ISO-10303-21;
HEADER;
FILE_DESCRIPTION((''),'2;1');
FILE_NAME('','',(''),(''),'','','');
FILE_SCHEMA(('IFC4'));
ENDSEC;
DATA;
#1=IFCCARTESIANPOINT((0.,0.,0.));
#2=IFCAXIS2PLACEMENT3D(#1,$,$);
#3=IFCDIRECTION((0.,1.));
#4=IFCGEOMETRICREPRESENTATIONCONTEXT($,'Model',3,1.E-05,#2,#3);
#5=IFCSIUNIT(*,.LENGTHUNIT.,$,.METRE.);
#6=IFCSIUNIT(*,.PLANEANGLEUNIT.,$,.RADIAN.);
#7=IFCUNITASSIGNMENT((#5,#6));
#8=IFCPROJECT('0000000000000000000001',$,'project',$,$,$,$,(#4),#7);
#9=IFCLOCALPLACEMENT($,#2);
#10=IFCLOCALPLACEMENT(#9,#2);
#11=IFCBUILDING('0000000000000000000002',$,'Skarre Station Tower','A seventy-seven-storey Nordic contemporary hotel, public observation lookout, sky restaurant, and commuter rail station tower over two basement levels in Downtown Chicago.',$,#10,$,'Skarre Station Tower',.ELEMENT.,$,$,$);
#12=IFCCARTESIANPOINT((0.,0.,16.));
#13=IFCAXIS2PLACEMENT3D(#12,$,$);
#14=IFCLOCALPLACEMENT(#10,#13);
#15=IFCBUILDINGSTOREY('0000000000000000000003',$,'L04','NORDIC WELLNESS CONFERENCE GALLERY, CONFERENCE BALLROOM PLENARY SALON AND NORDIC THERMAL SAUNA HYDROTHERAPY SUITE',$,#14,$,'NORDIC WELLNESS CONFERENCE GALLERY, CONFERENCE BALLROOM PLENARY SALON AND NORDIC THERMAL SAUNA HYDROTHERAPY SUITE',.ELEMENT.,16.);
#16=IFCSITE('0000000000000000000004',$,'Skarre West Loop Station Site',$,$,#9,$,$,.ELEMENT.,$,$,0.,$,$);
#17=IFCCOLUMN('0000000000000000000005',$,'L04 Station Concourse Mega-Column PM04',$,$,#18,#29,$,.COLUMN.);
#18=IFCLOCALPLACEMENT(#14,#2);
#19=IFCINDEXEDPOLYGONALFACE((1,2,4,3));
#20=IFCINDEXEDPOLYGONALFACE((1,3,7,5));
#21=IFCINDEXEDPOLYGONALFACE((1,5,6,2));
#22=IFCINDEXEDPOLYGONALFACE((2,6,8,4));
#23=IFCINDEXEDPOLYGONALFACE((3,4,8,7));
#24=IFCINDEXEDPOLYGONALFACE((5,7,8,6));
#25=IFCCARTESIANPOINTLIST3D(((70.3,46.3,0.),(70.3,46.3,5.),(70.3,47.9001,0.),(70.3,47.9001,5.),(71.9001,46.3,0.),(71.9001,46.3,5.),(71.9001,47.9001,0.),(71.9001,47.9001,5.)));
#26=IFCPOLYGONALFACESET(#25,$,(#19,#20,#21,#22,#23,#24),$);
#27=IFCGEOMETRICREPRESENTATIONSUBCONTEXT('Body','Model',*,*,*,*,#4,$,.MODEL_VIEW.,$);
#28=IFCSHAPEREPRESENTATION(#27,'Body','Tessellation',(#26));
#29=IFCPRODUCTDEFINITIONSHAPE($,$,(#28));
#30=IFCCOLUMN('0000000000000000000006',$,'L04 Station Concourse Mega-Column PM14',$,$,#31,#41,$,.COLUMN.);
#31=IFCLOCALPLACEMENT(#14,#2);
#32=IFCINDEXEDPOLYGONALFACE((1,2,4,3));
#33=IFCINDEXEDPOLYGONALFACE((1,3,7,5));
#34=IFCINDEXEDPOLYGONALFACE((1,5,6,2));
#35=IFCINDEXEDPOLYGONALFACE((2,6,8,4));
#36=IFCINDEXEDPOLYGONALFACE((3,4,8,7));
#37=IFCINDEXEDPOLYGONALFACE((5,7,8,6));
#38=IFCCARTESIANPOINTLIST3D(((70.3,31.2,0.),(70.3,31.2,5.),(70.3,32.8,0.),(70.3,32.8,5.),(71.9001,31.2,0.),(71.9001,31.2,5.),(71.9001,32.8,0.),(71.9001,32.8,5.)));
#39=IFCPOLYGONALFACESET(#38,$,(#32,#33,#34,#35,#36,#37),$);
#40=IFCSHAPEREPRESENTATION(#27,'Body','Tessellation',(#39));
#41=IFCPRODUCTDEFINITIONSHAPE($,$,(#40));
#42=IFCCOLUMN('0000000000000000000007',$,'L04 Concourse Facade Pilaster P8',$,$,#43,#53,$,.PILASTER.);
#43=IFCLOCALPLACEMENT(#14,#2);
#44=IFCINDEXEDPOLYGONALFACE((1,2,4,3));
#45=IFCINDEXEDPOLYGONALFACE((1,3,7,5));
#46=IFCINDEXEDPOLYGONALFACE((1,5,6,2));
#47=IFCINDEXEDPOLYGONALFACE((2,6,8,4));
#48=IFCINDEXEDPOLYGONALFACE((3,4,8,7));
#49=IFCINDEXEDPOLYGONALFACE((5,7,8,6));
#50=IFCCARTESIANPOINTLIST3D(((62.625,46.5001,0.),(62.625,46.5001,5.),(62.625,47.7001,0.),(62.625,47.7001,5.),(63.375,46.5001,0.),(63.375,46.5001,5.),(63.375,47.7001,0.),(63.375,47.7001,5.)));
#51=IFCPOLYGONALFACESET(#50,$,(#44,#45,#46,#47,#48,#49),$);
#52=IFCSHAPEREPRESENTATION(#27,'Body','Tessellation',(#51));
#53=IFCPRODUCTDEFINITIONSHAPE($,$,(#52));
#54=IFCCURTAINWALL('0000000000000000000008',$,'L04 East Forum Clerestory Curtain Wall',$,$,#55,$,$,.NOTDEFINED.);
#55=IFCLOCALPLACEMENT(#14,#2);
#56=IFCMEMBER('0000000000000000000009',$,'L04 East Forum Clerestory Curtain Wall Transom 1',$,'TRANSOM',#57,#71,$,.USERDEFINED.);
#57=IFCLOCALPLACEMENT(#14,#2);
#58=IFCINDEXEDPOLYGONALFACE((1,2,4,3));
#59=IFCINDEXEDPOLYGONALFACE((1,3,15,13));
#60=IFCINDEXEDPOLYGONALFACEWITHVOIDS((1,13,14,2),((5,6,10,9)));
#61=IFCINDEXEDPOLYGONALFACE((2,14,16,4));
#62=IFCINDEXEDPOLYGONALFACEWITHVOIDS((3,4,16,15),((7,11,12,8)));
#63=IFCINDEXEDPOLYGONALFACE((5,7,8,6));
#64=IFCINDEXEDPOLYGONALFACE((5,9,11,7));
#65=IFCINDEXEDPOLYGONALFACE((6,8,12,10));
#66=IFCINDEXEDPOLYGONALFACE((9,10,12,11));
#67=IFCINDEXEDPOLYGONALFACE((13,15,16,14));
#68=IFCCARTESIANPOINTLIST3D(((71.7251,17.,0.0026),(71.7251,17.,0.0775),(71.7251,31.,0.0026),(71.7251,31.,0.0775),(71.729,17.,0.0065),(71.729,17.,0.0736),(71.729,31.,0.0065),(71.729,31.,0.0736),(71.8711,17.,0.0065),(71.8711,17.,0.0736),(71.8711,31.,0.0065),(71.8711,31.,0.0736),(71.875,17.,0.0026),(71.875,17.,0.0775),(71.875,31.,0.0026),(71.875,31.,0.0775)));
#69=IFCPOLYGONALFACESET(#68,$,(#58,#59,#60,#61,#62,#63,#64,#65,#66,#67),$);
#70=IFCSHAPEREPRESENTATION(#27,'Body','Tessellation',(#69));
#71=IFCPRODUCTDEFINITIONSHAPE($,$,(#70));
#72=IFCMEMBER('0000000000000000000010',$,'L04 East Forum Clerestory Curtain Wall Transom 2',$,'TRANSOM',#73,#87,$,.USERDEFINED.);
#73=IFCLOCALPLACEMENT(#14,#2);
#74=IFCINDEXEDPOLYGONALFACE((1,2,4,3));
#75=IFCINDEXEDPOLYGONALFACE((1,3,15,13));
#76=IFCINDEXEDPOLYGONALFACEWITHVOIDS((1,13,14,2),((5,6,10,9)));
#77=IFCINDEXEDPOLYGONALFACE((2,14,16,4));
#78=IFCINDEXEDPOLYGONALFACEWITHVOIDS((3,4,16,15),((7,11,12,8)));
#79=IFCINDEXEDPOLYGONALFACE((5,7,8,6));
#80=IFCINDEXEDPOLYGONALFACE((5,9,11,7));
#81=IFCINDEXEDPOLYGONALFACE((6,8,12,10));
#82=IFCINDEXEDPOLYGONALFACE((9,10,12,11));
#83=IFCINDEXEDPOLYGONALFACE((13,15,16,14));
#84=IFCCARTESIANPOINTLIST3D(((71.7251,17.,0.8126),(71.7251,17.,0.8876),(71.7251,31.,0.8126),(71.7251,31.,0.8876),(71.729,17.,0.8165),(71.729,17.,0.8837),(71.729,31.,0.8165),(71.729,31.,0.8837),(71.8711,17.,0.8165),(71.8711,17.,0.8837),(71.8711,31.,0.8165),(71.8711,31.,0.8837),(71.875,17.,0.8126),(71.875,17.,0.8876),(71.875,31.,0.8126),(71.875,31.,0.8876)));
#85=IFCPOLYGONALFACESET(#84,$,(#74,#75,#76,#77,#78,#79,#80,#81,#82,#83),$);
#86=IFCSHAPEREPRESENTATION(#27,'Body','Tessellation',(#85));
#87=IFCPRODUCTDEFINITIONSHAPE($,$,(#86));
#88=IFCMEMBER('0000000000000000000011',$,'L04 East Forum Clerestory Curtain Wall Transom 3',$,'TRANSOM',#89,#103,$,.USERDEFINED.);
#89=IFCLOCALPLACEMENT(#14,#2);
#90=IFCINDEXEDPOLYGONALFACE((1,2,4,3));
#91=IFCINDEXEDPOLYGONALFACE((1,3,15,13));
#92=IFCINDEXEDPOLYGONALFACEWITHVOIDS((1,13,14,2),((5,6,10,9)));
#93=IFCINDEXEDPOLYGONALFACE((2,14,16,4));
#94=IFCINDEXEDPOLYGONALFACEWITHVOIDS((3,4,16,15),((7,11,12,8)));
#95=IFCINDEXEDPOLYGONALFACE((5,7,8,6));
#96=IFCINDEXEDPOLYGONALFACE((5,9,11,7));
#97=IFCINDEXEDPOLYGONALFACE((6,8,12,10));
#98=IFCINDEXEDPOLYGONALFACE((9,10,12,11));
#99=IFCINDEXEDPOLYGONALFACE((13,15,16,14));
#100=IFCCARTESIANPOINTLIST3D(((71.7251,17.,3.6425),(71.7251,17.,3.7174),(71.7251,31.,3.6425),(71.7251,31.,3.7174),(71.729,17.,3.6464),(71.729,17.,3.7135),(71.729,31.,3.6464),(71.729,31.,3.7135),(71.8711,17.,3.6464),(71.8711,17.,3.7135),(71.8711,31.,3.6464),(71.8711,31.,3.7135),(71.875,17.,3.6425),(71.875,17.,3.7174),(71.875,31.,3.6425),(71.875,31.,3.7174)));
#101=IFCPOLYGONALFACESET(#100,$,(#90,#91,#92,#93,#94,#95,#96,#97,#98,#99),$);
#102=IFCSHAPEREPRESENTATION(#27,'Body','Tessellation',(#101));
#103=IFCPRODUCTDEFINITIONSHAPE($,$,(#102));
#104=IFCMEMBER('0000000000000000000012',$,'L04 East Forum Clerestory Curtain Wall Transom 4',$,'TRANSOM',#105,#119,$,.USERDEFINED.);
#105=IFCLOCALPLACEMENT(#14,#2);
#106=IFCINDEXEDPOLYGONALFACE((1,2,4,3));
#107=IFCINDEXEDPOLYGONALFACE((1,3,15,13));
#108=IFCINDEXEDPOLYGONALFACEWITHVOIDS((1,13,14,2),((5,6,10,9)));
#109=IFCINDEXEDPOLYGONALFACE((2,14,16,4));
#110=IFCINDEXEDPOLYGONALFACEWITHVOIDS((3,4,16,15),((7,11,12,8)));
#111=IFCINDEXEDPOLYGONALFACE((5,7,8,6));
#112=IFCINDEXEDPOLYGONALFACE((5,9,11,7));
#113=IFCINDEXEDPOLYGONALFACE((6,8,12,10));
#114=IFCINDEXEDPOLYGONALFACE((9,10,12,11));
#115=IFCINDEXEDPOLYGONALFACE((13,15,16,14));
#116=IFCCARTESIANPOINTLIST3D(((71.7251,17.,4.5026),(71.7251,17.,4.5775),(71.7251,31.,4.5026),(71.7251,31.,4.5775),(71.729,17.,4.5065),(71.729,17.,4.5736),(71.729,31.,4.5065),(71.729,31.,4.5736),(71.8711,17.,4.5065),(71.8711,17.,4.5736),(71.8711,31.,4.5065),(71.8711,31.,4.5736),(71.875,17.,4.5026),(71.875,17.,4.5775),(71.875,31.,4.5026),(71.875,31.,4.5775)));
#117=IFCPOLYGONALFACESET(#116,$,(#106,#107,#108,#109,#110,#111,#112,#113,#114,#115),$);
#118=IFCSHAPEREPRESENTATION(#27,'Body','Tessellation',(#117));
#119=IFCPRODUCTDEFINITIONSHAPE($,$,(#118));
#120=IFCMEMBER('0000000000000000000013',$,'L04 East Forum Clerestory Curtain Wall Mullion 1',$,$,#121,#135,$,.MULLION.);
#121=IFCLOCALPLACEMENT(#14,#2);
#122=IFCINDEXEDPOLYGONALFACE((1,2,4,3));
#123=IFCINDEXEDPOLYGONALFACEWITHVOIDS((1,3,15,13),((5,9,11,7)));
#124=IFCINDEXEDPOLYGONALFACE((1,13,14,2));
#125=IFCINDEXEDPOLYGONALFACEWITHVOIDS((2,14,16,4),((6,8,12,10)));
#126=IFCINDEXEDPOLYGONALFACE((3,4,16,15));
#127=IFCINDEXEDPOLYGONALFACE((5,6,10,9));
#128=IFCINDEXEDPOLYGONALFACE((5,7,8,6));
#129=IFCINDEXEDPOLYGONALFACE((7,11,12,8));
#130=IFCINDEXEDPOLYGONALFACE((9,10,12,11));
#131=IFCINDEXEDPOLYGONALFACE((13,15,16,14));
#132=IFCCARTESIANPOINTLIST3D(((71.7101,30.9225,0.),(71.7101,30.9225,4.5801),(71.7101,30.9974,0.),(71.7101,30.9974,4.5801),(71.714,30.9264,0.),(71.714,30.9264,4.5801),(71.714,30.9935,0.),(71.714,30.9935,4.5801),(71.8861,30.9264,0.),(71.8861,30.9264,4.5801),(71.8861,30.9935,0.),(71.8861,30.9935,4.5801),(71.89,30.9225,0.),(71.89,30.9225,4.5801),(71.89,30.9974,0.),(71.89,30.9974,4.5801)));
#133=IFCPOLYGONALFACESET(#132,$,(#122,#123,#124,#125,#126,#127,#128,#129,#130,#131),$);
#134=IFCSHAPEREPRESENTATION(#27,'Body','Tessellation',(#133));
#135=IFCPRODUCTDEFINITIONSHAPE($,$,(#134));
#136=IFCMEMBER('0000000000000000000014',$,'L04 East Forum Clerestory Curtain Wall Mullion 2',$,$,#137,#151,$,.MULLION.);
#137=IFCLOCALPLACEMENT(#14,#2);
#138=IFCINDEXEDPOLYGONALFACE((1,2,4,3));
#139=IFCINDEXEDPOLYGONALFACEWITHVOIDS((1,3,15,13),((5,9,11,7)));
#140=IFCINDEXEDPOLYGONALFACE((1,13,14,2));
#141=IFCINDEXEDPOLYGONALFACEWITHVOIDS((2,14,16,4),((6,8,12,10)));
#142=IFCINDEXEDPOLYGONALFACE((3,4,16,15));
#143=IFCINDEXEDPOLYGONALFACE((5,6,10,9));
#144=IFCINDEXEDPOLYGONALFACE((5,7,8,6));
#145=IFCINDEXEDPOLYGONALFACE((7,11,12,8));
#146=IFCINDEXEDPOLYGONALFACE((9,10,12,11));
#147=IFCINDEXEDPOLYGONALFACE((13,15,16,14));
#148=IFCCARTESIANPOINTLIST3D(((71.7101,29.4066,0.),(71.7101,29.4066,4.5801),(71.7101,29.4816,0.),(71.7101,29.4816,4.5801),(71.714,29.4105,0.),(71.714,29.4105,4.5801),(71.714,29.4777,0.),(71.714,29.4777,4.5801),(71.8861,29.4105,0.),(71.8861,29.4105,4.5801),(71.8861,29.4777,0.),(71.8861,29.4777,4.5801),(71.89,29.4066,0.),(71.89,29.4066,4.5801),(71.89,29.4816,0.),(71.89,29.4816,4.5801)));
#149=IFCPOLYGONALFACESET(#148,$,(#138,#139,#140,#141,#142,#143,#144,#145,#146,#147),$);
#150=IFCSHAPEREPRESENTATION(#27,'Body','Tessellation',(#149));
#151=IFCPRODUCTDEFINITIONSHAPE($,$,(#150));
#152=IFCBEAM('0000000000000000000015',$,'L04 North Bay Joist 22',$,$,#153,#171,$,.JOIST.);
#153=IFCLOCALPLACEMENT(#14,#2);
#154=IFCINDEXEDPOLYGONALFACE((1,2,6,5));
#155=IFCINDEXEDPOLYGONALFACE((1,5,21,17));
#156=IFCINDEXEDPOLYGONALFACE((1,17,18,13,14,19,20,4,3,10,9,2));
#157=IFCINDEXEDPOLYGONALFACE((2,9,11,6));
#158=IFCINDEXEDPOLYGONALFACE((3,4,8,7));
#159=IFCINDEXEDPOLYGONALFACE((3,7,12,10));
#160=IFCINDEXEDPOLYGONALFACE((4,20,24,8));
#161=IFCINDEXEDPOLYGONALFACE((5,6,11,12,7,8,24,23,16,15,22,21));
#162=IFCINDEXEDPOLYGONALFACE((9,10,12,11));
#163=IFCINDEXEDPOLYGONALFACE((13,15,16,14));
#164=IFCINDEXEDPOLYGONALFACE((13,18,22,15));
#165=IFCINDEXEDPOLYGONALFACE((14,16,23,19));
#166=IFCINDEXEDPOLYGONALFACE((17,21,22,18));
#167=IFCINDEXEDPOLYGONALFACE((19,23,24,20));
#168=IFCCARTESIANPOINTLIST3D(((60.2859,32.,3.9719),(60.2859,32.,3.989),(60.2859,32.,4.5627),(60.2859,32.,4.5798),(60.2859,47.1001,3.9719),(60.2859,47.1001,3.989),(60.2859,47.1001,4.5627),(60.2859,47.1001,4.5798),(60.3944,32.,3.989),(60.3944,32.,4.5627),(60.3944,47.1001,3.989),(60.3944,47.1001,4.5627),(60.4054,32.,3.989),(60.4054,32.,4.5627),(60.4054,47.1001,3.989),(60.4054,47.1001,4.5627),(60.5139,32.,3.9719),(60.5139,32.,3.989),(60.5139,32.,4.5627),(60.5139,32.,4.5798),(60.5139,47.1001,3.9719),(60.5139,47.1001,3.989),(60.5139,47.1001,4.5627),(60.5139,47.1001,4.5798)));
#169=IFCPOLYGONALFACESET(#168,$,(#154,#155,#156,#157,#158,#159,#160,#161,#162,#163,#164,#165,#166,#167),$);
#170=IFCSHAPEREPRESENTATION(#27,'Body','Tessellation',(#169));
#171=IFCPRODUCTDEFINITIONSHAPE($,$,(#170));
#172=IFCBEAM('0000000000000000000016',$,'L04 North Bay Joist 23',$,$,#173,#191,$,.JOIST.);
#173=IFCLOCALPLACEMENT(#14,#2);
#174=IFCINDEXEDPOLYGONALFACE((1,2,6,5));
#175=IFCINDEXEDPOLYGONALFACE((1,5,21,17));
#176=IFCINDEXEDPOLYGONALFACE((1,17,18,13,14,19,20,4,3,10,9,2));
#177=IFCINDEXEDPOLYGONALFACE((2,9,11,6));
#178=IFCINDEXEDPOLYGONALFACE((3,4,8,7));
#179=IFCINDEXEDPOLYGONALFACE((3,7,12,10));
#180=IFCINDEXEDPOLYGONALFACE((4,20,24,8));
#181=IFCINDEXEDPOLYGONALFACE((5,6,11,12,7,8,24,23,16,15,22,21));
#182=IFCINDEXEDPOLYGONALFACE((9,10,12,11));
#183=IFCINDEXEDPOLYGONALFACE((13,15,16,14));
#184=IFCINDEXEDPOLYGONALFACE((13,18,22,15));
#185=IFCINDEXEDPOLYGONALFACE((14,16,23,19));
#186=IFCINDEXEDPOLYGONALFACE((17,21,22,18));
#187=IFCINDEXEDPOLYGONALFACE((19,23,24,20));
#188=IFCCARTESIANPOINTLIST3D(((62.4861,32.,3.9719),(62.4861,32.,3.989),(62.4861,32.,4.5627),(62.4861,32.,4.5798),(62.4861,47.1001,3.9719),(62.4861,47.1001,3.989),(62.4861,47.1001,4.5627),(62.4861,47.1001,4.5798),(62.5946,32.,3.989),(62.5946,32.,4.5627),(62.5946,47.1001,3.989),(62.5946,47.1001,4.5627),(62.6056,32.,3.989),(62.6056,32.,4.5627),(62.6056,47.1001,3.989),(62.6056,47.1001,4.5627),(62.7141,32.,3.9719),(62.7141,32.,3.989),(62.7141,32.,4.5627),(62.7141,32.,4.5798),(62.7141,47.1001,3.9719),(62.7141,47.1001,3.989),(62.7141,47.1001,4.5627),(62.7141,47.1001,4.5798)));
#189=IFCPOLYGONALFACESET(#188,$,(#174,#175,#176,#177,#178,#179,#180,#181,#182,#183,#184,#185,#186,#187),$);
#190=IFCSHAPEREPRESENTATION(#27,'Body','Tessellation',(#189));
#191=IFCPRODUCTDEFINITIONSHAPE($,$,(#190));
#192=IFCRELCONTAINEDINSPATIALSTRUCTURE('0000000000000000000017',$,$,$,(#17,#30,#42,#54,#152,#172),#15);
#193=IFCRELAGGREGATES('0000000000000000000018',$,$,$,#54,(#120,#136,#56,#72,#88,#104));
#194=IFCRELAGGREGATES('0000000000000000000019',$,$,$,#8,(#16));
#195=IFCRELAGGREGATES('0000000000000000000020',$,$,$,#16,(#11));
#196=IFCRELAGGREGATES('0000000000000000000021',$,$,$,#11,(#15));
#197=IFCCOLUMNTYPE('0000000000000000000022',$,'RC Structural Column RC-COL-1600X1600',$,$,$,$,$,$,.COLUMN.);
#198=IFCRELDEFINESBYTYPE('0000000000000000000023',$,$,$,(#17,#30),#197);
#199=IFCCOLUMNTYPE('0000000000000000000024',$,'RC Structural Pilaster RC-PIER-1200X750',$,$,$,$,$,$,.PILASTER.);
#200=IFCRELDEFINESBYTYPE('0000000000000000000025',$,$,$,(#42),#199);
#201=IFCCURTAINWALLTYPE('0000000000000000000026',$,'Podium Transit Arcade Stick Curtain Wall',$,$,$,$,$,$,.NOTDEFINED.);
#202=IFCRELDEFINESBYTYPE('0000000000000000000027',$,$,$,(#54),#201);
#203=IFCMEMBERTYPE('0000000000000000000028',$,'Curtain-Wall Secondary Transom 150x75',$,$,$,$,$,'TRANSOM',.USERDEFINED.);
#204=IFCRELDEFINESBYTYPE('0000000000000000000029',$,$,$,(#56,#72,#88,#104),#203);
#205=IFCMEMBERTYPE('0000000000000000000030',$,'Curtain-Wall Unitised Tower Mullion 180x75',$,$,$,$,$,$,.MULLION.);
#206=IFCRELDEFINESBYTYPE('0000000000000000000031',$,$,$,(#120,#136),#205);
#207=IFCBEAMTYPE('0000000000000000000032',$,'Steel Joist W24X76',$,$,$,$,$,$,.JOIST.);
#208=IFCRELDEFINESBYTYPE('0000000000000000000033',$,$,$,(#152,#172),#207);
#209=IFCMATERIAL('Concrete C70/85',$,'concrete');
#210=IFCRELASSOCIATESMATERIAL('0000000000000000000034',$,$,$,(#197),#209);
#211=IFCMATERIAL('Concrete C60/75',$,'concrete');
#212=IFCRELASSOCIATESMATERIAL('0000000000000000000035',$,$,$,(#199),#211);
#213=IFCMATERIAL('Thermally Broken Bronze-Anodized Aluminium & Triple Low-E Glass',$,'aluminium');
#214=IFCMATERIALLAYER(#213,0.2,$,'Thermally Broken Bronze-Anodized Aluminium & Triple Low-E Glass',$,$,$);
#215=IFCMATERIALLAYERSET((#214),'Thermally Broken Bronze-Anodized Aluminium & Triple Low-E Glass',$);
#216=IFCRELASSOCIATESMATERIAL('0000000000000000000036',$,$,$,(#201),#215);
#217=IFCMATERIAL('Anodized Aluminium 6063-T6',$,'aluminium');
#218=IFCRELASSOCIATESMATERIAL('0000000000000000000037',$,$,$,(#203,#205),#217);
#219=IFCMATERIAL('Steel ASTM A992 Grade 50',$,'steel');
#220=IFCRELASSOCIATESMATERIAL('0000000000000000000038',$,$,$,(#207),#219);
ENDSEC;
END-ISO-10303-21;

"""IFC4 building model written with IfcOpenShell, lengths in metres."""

from ifc_helpers import new_model, si_unit, direction, frame, origin, origin_2d, place, context, subcontext, project, spatial, rectangle, hollow_rectangle, i_section, extrude, material, layer, layer_set, material_profile, profile_set, type_object, element, aggregate, save


model = new_model("IFC4")

# Units and contexts
model_context = context("Model", 3, precision=1e-05, world=origin(), true_north=direction((0.0, 1.0)))
body_context = subcontext(model_context, "Body", "Model", "MODEL_VIEW")
ifc_project = project(units=[si_unit("LENGTHUNIT", "METRE"), si_unit("PLANEANGLEUNIT", "RADIAN")], contexts=[model_context])

# Site, building, storey
site_placement = place(None, origin())
site = spatial("IfcSite", under=ifc_project, at=site_placement, Name="Skarre West Loop Station Site", CompositionType="ELEMENT", RefElevation=0.0)
building_placement = place(site_placement, origin())
building = spatial("IfcBuilding", under=site, at=building_placement, Name="Skarre Station Tower", Description="A seventy-seven-storey Nordic contemporary hotel, public observation lookout, sky restaurant, and commuter rail station tower over two basement levels in Downtown Chicago.", LongName="Skarre Station Tower", CompositionType="ELEMENT")
storey_placement = place(building_placement, frame((0.0, 0.0, 16.0)))
storey = spatial("IfcBuildingStorey", under=building, at=storey_placement, Name="L04", Description="NORDIC WELLNESS CONFERENCE GALLERY, CONFERENCE BALLROOM PLENARY SALON AND NORDIC THERMAL SAUNA HYDROTHERAPY SUITE", LongName="NORDIC WELLNESS CONFERENCE GALLERY, CONFERENCE BALLROOM PLENARY SALON AND NORDIC THERMAL SAUNA HYDROTHERAPY SUITE", CompositionType="ELEMENT", Elevation=16.0)

# Columns
ifc_material_1 = material(Name="Concrete C70/85", Category="concrete")
ifc_material_profile_1 = material_profile(ifc_material_1, rectangle(XDim=1.6001, YDim=1.6001, at=origin_2d()), Name="Concrete C70/85")
ifc_profile_set_1 = profile_set([ifc_material_profile_1], Name="Concrete C70/85")
column_type_1 = type_object("IfcColumnType", Name="RC Structural Column RC-COL-1600X1600", PredefinedType="COLUMN", material=ifc_profile_set_1)
for number, where, z_axis, x_axis, name in (
    (1, (71.1001, 47.1001, 0.0), (0.0, 0.0, 1.0), (1.0, 0.0, 0.0), "L04 Station Concourse Mega-Column PM04"),
    (2, (71.1001, 32.0, 0.0), (0.0, 0.0, 1.0), (1.0, 0.0, 0.0), "L04 Station Concourse Mega-Column PM14"),
):
    element("IfcColumn", number, at=place(storey_placement, frame(where, z_axis=z_axis, x_axis=x_axis)), inside=storey, type_object=column_type_1, Name=name, PredefinedType="COLUMN", context=body_context, shape_type="SweptSolid", body=[
        extrude(rectangle(XDim=1.6001, YDim=1.6001, at=origin_2d()), origin(), (0.0, 0.0, 1.0), 5.0),
    ])
ifc_material_2 = material(Name="Concrete C60/75", Category="concrete")
ifc_material_profile_2 = material_profile(ifc_material_2, rectangle(XDim=0.75, YDim=1.2, at=origin_2d()), Name="Concrete C60/75")
ifc_profile_set_2 = profile_set([ifc_material_profile_2], Name="Concrete C60/75")
column_type_2 = type_object("IfcColumnType", Name="RC Structural Pilaster RC-PIER-1200X750", PredefinedType="PILASTER", material=ifc_profile_set_2)
column_placement = place(storey_placement, frame((63.0, 47.1001, 0.0), z_axis=(0.0, 0.0, 1.0), x_axis=(1.0, 0.0, 0.0)))
element("IfcColumn", 3, at=column_placement, inside=storey, type_object=column_type_2, Name="L04 Concourse Facade Pilaster P8", PredefinedType="PILASTER", context=body_context, shape_type="SweptSolid", body=[
    extrude(rectangle(XDim=0.75, YDim=1.2, at=origin_2d()), origin(), (0.0, 0.0, 1.0), 5.0),
])

# Curtain wall, members
ifc_material_3 = material(Name="Thermally Broken Bronze-Anodized Aluminium & Triple Low-E Glass", Category="aluminium")
ifc_layer_1 = layer(ifc_material_3, 0.2, Name="Thermally Broken Bronze-Anodized Aluminium & Triple Low-E Glass")
ifc_layer_set_1 = layer_set([ifc_layer_1], Name="Thermally Broken Bronze-Anodized Aluminium & Triple Low-E Glass")
curtain_wall_type = type_object("IfcCurtainWallType", Name="Podium Transit Arcade Stick Curtain Wall", PredefinedType="NOTDEFINED", material=ifc_layer_set_1)
curtain_wall_placement = place(storey_placement, origin())
curtain_wall = element("IfcCurtainWall", 4, at=curtain_wall_placement, inside=storey, type_object=curtain_wall_type, Name="L04 East Forum Clerestory Curtain Wall", PredefinedType="NOTDEFINED")
ifc_material_4 = material(Name="Anodized Aluminium 6063-T6", Category="aluminium")
ifc_material_profile_3 = material_profile(ifc_material_4, hollow_rectangle(XDim=0.075, YDim=0.1499, WallThickness=0.0039, at=origin_2d()), Name="Anodized Aluminium 6063-T6")
ifc_profile_set_3 = profile_set([ifc_material_profile_3], Name="Anodized Aluminium 6063-T6")
member_type_1 = type_object("IfcMemberType", Name="Curtain-Wall Secondary Transom 150x75", ElementType="TRANSOM", PredefinedType="USERDEFINED", material=ifc_profile_set_3)
member_1_placement = place(storey_placement, frame((71.8, 31.0, 0.04), z_axis=(0.0, -1.0, 0.0), x_axis=(0.0, 0.0, 1.0)))
member_1 = element("IfcMember", 5, at=member_1_placement, type_object=member_type_1, Name="L04 East Forum Clerestory Curtain Wall Transom 1", ObjectType="TRANSOM", PredefinedType="USERDEFINED", context=body_context, shape_type="SweptSolid", body=[
    extrude(hollow_rectangle(XDim=0.075, YDim=0.1499, WallThickness=0.0039, at=origin_2d()), origin(), (0.0, 0.0, 1.0), 14.0),
])
member_2_placement = place(storey_placement, frame((71.8, 31.0, 0.8501), z_axis=(0.0, -1.0, 0.0), x_axis=(0.0, 0.0, 1.0)))
member_2 = element("IfcMember", 6, at=member_2_placement, type_object=member_type_1, Name="L04 East Forum Clerestory Curtain Wall Transom 2", ObjectType="TRANSOM", PredefinedType="USERDEFINED", context=body_context, shape_type="SweptSolid", body=[
    extrude(hollow_rectangle(XDim=0.075, YDim=0.1499, WallThickness=0.0039, at=origin_2d()), origin(), (0.0, 0.0, 1.0), 14.0),
])
member_3_placement = place(storey_placement, frame((71.8, 31.0, 3.6799), z_axis=(0.0, -1.0, 0.0), x_axis=(0.0, 0.0, 1.0)))
member_3 = element("IfcMember", 7, at=member_3_placement, type_object=member_type_1, Name="L04 East Forum Clerestory Curtain Wall Transom 3", ObjectType="TRANSOM", PredefinedType="USERDEFINED", context=body_context, shape_type="SweptSolid", body=[
    extrude(hollow_rectangle(XDim=0.075, YDim=0.1499, WallThickness=0.0039, at=origin_2d()), origin(), (0.0, 0.0, 1.0), 14.0),
])
member_4_placement = place(storey_placement, frame((71.8, 31.0, 4.54), z_axis=(0.0, -1.0, 0.0), x_axis=(0.0, 0.0, 1.0)))
member_4 = element("IfcMember", 8, at=member_4_placement, type_object=member_type_1, Name="L04 East Forum Clerestory Curtain Wall Transom 4", ObjectType="TRANSOM", PredefinedType="USERDEFINED", context=body_context, shape_type="SweptSolid", body=[
    extrude(hollow_rectangle(XDim=0.075, YDim=0.1499, WallThickness=0.0039, at=origin_2d()), origin(), (0.0, 0.0, 1.0), 14.0),
])
ifc_material_profile_4 = material_profile(ifc_material_4, hollow_rectangle(XDim=0.075, YDim=0.1799, WallThickness=0.0039, at=origin_2d()), Name="Anodized Aluminium 6063-T6")
ifc_profile_set_4 = profile_set([ifc_material_profile_4], Name="Anodized Aluminium 6063-T6")
member_type_2 = type_object("IfcMemberType", Name="Curtain-Wall Unitised Tower Mullion 180x75", PredefinedType="MULLION", material=ifc_profile_set_4)
member_5_placement = place(storey_placement, frame((71.8, 30.96, 0.0), z_axis=(0.0, 0.0, 1.0), x_axis=(0.0, -1.0, 0.0)))
member_5 = element("IfcMember", 9, at=member_5_placement, type_object=member_type_2, Name="L04 East Forum Clerestory Curtain Wall Mullion 1", PredefinedType="MULLION", context=body_context, shape_type="SweptSolid", body=[
    extrude(hollow_rectangle(XDim=0.075, YDim=0.1799, WallThickness=0.0039, at=origin_2d()), origin(), (0.0, 0.0, 1.0), 4.5801),
])
member_6_placement = place(storey_placement, frame((71.8, 29.4441, 0.0), z_axis=(0.0, 0.0, 1.0), x_axis=(0.0, -1.0, 0.0)))
member_6 = element("IfcMember", 10, at=member_6_placement, type_object=member_type_2, Name="L04 East Forum Clerestory Curtain Wall Mullion 2", PredefinedType="MULLION", context=body_context, shape_type="SweptSolid", body=[
    extrude(hollow_rectangle(XDim=0.075, YDim=0.1799, WallThickness=0.0039, at=origin_2d()), origin(), (0.0, 0.0, 1.0), 4.5801),
])

# Beams
ifc_material_5 = material(Name="Steel ASTM A992 Grade 50", Category="steel")
ifc_material_profile_5 = material_profile(ifc_material_5, i_section(OverallWidth=0.228, OverallDepth=0.6079, WebThickness=0.011, FlangeThickness=0.0171, at=origin_2d()), Name="Steel ASTM A992 Grade 50")
ifc_profile_set_5 = profile_set([ifc_material_profile_5], Name="Steel ASTM A992 Grade 50")
beam_type_1 = type_object("IfcBeamType", Name="Steel Joist W24X76", PredefinedType="JOIST", material=ifc_profile_set_5)
for number, where, z_axis, x_axis, name in (
    (11, (60.3999, 32.0, 4.2759), (0.0, 1.0, 0.0), (-1.0, 0.0, 0.0), "L04 North Bay Joist 22"),
    (12, (62.6001, 32.0, 4.2759), (0.0, 1.0, 0.0), (-1.0, 0.0, 0.0), "L04 North Bay Joist 23"),
):
    element("IfcBeam", number, at=place(storey_placement, frame(where, z_axis=z_axis, x_axis=x_axis)), inside=storey, type_object=beam_type_1, Name=name, PredefinedType="JOIST", context=body_context, shape_type="SweptSolid", body=[
        extrude(i_section(OverallWidth=0.228, OverallDepth=0.6079, WebThickness=0.011, FlangeThickness=0.0171, at=origin_2d()), origin(), (0.0, 0.0, 1.0), 15.1001),
    ])

aggregate(curtain_wall, [member_5, member_6, member_1, member_2, member_3, member_4])

save(model, "model.ifc")
